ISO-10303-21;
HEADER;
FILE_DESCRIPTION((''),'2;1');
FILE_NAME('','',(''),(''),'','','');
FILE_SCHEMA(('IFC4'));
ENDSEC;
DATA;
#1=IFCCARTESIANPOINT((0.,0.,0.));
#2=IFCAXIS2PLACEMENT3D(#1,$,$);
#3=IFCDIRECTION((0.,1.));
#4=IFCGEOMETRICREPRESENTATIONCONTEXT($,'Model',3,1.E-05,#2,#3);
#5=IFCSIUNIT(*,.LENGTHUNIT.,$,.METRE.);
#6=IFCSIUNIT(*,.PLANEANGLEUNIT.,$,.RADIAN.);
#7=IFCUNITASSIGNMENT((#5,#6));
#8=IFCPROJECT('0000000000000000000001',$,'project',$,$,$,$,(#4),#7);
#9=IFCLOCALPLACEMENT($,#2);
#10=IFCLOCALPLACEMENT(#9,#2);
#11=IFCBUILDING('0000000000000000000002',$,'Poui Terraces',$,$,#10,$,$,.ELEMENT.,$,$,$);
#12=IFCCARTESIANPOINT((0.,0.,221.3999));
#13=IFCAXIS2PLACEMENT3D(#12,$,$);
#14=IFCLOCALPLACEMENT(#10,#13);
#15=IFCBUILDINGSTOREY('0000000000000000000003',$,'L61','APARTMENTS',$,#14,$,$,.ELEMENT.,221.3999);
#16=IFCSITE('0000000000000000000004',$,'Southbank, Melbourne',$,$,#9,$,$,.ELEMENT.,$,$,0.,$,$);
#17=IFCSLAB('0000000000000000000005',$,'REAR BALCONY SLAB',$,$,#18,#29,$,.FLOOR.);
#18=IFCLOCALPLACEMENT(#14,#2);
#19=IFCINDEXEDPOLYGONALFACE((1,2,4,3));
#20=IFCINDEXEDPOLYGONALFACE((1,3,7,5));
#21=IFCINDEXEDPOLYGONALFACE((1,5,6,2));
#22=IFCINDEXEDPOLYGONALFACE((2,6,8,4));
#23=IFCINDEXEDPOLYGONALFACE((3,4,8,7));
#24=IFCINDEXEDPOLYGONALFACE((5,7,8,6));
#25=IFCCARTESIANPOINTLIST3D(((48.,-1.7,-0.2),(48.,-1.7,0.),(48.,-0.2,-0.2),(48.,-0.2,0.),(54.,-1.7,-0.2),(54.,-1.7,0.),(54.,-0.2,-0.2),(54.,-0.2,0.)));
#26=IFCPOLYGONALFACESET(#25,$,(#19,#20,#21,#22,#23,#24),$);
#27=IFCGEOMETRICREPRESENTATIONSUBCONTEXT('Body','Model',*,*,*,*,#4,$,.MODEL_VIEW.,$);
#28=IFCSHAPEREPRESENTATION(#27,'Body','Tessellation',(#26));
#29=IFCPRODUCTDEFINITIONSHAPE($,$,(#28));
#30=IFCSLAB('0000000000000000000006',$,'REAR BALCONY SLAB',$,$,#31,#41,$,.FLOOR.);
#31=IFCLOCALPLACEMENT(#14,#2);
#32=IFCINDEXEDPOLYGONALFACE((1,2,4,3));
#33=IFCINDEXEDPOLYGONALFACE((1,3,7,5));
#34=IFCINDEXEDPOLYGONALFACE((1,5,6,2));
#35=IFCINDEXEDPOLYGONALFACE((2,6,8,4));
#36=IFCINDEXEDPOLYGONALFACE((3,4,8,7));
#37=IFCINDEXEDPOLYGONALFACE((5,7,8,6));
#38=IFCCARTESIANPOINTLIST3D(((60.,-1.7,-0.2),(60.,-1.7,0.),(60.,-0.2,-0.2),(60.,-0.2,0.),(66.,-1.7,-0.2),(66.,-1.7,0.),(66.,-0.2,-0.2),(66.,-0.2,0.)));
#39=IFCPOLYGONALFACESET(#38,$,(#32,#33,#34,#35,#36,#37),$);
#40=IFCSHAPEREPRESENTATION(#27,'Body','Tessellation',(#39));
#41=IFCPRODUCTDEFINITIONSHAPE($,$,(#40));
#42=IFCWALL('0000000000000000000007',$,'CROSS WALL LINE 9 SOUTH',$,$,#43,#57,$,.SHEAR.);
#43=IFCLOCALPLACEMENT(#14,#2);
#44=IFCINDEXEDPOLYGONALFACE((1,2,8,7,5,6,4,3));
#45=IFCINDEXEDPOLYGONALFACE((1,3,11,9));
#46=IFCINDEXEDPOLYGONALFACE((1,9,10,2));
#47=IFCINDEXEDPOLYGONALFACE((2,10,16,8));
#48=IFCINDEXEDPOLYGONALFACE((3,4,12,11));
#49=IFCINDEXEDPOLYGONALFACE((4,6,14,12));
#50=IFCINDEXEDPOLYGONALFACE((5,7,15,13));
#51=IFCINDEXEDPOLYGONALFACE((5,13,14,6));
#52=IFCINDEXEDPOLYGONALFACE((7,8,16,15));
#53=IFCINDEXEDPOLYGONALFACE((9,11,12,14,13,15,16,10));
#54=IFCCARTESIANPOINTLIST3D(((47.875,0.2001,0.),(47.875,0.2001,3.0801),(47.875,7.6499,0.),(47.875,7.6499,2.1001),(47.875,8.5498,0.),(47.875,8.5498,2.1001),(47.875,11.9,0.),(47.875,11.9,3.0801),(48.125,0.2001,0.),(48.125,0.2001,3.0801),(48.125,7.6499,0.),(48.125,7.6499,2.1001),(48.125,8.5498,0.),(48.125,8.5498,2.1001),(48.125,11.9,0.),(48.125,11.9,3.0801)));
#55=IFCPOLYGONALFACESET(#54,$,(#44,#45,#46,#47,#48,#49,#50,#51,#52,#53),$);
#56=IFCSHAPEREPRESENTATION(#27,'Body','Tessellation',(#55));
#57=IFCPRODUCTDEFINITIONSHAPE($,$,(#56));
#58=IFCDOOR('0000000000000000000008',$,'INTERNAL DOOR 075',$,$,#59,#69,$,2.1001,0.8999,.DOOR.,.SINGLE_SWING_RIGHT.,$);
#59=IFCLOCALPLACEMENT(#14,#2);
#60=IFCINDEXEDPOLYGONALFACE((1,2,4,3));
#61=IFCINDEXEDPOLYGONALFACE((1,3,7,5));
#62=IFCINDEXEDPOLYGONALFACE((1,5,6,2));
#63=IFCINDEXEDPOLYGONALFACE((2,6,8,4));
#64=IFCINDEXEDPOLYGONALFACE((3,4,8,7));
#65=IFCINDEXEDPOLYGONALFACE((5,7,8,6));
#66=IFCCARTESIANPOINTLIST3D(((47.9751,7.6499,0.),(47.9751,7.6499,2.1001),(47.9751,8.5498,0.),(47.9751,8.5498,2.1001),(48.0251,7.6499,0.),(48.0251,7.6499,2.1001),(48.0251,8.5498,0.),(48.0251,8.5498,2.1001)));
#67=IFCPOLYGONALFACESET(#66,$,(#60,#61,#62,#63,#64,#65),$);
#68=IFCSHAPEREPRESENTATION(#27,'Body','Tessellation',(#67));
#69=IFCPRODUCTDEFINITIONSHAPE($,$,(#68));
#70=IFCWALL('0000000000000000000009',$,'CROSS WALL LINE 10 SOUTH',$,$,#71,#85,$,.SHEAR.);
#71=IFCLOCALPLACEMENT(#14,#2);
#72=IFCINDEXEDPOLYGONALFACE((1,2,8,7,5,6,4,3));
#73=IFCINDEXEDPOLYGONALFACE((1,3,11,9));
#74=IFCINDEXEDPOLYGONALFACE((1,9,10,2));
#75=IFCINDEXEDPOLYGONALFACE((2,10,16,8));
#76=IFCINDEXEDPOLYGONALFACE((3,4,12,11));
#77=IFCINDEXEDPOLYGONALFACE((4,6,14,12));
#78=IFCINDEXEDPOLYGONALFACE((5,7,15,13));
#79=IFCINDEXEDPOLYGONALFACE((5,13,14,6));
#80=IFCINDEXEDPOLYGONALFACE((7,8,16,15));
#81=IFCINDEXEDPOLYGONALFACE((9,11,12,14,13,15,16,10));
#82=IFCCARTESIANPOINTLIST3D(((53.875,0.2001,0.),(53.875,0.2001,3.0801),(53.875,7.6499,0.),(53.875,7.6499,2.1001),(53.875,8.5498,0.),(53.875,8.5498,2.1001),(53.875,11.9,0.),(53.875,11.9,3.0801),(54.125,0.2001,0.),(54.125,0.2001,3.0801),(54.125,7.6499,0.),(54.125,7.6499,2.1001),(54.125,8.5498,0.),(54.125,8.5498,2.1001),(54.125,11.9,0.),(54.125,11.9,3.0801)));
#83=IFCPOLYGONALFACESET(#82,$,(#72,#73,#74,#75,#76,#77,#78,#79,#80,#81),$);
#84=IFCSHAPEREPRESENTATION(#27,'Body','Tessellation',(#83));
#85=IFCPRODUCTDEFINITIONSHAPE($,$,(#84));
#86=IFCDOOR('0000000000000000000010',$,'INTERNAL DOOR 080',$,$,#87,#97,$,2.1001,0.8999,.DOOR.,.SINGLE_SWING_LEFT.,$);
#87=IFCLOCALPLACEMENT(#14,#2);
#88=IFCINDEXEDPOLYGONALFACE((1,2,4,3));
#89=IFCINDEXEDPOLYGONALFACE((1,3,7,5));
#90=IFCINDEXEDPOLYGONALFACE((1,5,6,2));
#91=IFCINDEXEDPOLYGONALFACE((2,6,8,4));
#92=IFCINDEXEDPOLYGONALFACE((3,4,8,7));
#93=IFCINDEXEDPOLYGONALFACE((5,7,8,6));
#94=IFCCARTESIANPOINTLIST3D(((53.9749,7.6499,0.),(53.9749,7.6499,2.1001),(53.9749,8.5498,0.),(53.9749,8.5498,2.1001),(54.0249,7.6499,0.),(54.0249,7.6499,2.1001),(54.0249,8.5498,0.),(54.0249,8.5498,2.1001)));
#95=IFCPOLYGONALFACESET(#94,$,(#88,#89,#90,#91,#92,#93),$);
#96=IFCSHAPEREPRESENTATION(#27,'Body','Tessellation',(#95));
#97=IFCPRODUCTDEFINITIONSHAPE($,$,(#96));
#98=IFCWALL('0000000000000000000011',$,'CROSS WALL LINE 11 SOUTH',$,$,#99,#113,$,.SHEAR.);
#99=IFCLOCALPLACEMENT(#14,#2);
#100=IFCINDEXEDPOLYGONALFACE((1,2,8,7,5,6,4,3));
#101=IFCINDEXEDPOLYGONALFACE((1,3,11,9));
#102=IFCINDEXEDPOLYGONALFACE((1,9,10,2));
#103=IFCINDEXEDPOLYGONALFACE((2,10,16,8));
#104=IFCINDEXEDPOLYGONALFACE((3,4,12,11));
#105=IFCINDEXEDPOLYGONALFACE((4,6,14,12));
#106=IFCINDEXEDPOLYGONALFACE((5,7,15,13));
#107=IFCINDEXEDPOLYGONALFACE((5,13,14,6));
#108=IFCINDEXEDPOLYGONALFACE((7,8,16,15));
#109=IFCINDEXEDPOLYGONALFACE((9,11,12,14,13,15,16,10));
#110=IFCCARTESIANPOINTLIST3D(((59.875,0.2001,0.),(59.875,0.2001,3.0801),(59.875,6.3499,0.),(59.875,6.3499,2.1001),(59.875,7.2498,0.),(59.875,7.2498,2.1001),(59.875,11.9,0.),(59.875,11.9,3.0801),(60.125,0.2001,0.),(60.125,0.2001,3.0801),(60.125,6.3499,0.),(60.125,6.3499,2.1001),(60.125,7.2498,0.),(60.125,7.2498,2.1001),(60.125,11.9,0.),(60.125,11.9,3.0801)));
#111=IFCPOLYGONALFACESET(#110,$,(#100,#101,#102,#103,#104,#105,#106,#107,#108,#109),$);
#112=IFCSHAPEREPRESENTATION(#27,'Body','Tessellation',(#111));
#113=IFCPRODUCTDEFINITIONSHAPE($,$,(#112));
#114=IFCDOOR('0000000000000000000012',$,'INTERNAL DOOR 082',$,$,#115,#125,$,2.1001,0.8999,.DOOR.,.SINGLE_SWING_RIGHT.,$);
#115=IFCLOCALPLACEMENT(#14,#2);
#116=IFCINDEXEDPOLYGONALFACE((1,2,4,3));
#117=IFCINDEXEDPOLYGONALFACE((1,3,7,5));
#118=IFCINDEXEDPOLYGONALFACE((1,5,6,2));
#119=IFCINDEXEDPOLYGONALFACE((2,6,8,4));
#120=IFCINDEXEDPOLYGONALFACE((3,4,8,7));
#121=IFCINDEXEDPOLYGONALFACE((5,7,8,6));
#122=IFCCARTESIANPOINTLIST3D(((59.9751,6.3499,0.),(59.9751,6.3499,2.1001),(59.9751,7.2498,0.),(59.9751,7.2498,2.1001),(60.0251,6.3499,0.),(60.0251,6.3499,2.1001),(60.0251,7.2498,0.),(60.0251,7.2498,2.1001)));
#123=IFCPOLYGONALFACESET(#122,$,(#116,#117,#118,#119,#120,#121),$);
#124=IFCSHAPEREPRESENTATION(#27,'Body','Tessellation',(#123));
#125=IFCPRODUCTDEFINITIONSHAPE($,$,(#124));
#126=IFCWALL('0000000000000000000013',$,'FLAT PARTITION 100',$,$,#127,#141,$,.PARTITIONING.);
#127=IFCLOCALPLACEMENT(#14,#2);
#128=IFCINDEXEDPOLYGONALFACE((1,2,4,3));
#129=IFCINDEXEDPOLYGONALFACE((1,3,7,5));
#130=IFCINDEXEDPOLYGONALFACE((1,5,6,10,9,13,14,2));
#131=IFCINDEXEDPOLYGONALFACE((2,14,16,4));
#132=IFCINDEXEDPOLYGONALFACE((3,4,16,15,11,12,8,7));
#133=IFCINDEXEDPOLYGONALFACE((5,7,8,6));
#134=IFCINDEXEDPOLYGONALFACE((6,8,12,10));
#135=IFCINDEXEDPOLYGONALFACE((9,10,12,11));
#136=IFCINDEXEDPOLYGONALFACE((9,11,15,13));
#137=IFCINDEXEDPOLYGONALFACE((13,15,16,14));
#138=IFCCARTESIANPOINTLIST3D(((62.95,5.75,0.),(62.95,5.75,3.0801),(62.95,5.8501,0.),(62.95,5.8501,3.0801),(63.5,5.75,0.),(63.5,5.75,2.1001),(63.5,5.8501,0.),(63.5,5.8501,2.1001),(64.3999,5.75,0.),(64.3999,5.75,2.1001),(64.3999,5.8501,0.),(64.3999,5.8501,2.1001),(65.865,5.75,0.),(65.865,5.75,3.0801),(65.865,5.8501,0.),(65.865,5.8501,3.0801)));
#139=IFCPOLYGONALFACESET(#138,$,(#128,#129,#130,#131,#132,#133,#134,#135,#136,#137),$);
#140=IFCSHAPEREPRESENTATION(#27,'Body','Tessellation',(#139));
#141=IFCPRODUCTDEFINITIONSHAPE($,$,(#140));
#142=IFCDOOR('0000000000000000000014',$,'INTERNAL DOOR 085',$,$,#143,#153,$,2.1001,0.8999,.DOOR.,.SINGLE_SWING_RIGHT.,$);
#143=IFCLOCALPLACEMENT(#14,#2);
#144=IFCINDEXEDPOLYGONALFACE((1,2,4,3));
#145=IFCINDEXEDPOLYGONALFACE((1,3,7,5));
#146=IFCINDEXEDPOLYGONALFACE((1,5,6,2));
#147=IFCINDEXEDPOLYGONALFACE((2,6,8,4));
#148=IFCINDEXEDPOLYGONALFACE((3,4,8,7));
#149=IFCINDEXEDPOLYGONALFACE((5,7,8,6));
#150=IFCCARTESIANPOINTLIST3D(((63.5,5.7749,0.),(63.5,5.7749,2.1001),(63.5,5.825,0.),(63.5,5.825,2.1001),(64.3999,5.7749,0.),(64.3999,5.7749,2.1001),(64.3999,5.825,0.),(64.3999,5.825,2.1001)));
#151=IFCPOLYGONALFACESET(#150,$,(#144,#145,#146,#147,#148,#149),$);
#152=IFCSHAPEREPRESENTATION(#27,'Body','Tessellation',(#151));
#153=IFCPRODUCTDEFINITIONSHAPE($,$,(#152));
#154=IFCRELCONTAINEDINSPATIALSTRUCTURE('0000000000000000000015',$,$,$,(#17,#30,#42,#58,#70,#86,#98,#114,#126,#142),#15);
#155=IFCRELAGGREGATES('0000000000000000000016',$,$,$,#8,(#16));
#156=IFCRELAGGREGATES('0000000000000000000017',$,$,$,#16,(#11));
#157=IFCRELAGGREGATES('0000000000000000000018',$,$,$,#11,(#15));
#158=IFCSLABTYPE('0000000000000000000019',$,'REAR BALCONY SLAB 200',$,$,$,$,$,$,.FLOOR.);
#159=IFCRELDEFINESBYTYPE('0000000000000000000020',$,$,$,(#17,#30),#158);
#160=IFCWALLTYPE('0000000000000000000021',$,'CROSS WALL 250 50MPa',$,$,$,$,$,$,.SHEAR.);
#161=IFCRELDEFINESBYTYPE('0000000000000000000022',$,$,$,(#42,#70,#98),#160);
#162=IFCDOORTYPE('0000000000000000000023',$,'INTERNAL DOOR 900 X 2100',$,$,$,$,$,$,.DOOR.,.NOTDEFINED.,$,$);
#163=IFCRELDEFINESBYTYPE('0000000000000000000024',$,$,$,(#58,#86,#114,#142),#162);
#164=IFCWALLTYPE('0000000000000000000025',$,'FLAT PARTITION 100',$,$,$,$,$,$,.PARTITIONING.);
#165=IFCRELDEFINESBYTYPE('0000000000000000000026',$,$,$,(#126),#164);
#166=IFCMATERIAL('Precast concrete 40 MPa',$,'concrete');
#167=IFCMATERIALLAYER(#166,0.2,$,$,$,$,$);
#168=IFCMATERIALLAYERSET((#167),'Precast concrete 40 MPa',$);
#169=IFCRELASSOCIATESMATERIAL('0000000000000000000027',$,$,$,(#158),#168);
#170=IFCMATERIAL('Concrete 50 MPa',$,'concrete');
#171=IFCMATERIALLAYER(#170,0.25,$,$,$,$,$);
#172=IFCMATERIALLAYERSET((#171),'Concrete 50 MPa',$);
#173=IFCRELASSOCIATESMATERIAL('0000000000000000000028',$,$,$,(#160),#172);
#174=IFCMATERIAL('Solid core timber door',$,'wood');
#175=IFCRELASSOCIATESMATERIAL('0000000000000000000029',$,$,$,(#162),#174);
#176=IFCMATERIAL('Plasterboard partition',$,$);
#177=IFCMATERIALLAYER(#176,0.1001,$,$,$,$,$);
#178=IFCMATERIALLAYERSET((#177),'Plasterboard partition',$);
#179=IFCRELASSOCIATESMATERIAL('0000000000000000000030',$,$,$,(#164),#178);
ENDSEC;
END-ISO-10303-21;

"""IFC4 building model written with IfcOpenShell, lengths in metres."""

from ifc_helpers import new_model, si_unit, direction, frame, frame_2d, origin, place, context, subcontext, project, spatial, polyline, rectangle, outline, extrude, source, transform, mapped, material, layer, layer_set, type_object, element, fill, save


model = new_model("IFC4")

# Units and contexts
model_context = context("Model", 3, precision=1e-05, world=origin(), true_north=direction((0.0, 1.0)))
body_context = subcontext(model_context, "Body", "Model", "MODEL_VIEW")
ifc_project = project(units=[si_unit("LENGTHUNIT", "METRE"), si_unit("PLANEANGLEUNIT", "RADIAN")], contexts=[model_context])

# Site, building, storey
site_placement = place(None, origin())
site = spatial("IfcSite", under=ifc_project, at=site_placement, Name="Southbank, Melbourne", CompositionType="ELEMENT", RefElevation=0.0)
building_placement = place(site_placement, origin())
building = spatial("IfcBuilding", under=site, at=building_placement, Name="Poui Terraces", CompositionType="ELEMENT")
storey_placement = place(building_placement, frame((0.0, 0.0, 221.3999)))
storey = spatial("IfcBuildingStorey", under=building, at=storey_placement, Name="L61", Description="APARTMENTS", CompositionType="ELEMENT", Elevation=221.3999)

# Slabs
ifc_material_1 = material(Name="Precast concrete 40 MPa", Category="concrete")
ifc_layer_1 = layer(ifc_material_1, 0.2)
ifc_layer_set_1 = layer_set([ifc_layer_1], Name="Precast concrete 40 MPa")
slab_type = type_object("IfcSlabType", Name="REAR BALCONY SLAB 200", PredefinedType="FLOOR", material=ifc_layer_set_1)
shared_shape_1 = source(origin(), body_context, "Body", "SweptSolid", [
    extrude(outline(polyline([(0.0, 0.0), (6.0, 0.0), (6.0, 1.5), (0.0, 1.5), (0.0, 0.0)])), origin(), (0.0, 0.0, 1.0), 0.2),
])
for number, where, name in (
    (1, (48.0, -1.7, -0.2), "REAR BALCONY SLAB"),
    (2, (60.0, -1.7, -0.2), "REAR BALCONY SLAB"),
):
    element("IfcSlab", number, at=place(storey_placement, frame(where)), inside=storey, type_object=slab_type, Name=name, PredefinedType="FLOOR", context=body_context, shape_type="MappedRepresentation", body=[
        mapped(shared_shape_1, transform((0.0, 0.0, 0.0))),
    ])

# Walls, openings, doors
ifc_material_2 = material(Name="Concrete 50 MPa", Category="concrete")
ifc_layer_2 = layer(ifc_material_2, 0.25)
ifc_layer_set_2 = layer_set([ifc_layer_2], Name="Concrete 50 MPa")
wall_type_1 = type_object("IfcWallType", Name="CROSS WALL 250 50MPa", PredefinedType="SHEAR", material=ifc_layer_set_2)
wall_1_placement = place(storey_placement, frame((48.0, 0.2, 0.0), z_axis=(0.0, 0.0, 1.0), x_axis=(0.0, 1.0, 0.0)))
wall_1 = element("IfcWall", 3, at=wall_1_placement, inside=storey, type_object=wall_type_1, Name="CROSS WALL LINE 9 SOUTH", PredefinedType="SHEAR", context=body_context, shape_type="SweptSolid", body=[
    extrude(rectangle(XDim=11.7, YDim=0.25, at=frame_2d((5.8501, 0.0))), origin(), (0.0, 0.0, 1.0), 3.0801),
])
opening_1_placement = place(wall_1_placement, frame((7.45, 0.0, 0.0)))
opening_1 = element("IfcOpeningElement", 4, at=opening_1_placement, cuts=wall_1, PredefinedType="OPENING", context=body_context, shape_type="SweptSolid", body=[
    extrude(rectangle(XDim=0.8999, YDim=2.1001, at=frame_2d((0.45, 1.05))), frame((0.0, 0.135, 0.0), z_axis=(0.0, -1.0, 0.0), x_axis=(1.0, 0.0, 0.0)), (0.0, 0.0, 1.0), 0.27),
])
ifc_material_3 = material(Name="Solid core timber door", Category="wood")
door_type_1 = type_object("IfcDoorType", Name="INTERNAL DOOR 900 X 2100", OperationType="NOTDEFINED", PredefinedType="DOOR", material=ifc_material_3)
door_1_placement = place(opening_1_placement, origin())
door_1 = element("IfcDoor", 5, at=door_1_placement, inside=storey, type_object=door_type_1, Name="INTERNAL DOOR 075", OperationType="SINGLE_SWING_RIGHT", OverallHeight=2.1001, OverallWidth=0.8999, PredefinedType="DOOR", context=body_context, shape_type="SweptSolid", body=[
    extrude(rectangle(XDim=0.8999, YDim=2.1001, at=frame_2d((0.45, 1.05))), frame((0.0, 0.0249, 0.0), z_axis=(0.0, -1.0, 0.0), x_axis=(1.0, 0.0, 0.0)), (0.0, 0.0, 1.0), 0.05),
])
fill(opening_1, door_1)
wall_2_placement = place(storey_placement, frame((54.0, 0.2, 0.0), z_axis=(0.0, 0.0, 1.0), x_axis=(0.0, 1.0, 0.0)))
wall_2 = element("IfcWall", 6, at=wall_2_placement, inside=storey, type_object=wall_type_1, Name="CROSS WALL LINE 10 SOUTH", PredefinedType="SHEAR", context=body_context, shape_type="SweptSolid", body=[
    extrude(rectangle(XDim=11.7, YDim=0.25, at=frame_2d((5.8501, 0.0))), origin(), (0.0, 0.0, 1.0), 3.0801),
])
opening_2_placement = place(wall_2_placement, frame((7.45, 0.0, 0.0)))
opening_2 = element("IfcOpeningElement", 7, at=opening_2_placement, cuts=wall_2, PredefinedType="OPENING", context=body_context, shape_type="SweptSolid", body=[
    extrude(rectangle(XDim=0.8999, YDim=2.1001, at=frame_2d((0.45, 1.05))), frame((0.0, 0.135, 0.0), z_axis=(0.0, -1.0, 0.0), x_axis=(1.0, 0.0, 0.0)), (0.0, 0.0, 1.0), 0.27),
])
door_2_placement = place(opening_2_placement, frame((0.8999, 0.0, 0.0), z_axis=(0.0, 0.0, 1.0), x_axis=(-1.0, 0.0, 0.0)))
door_2 = element("IfcDoor", 8, at=door_2_placement, inside=storey, type_object=door_type_1, Name="INTERNAL DOOR 080", OperationType="SINGLE_SWING_LEFT", OverallHeight=2.1001, OverallWidth=0.8999, PredefinedType="DOOR", context=body_context, shape_type="SweptSolid", body=[
    extrude(rectangle(XDim=0.8999, YDim=2.1001, at=frame_2d((0.45, 1.05))), frame((0.0, 0.0249, 0.0), z_axis=(0.0, -1.0, 0.0), x_axis=(1.0, 0.0, 0.0)), (0.0, 0.0, 1.0), 0.05),
])
fill(opening_2, door_2)
wall_3_placement = place(storey_placement, frame((60.0, 0.2, 0.0), z_axis=(0.0, 0.0, 1.0), x_axis=(0.0, 1.0, 0.0)))
wall_3 = element("IfcWall", 9, at=wall_3_placement, inside=storey, type_object=wall_type_1, Name="CROSS WALL LINE 11 SOUTH", PredefinedType="SHEAR", context=body_context, shape_type="SweptSolid", body=[
    extrude(rectangle(XDim=11.7, YDim=0.25, at=frame_2d((5.8501, 0.0))), origin(), (0.0, 0.0, 1.0), 3.0801),
])
opening_3_placement = place(wall_3_placement, frame((6.1499, 0.0, 0.0)))
opening_3 = element("IfcOpeningElement", 10, at=opening_3_placement, cuts=wall_3, PredefinedType="OPENING", context=body_context, shape_type="SweptSolid", body=[
    extrude(rectangle(XDim=0.8999, YDim=2.1001, at=frame_2d((0.45, 1.05))), frame((0.0, 0.135, 0.0), z_axis=(0.0, -1.0, 0.0), x_axis=(1.0, 0.0, 0.0)), (0.0, 0.0, 1.0), 0.27),
])
door_3_placement = place(opening_3_placement, origin())
door_3 = element("IfcDoor", 11, at=door_3_placement, inside=storey, type_object=door_type_1, Name="INTERNAL DOOR 082", OperationType="SINGLE_SWING_RIGHT", OverallHeight=2.1001, OverallWidth=0.8999, PredefinedType="DOOR", context=body_context, shape_type="SweptSolid", body=[
    extrude(rectangle(XDim=0.8999, YDim=2.1001, at=frame_2d((0.45, 1.05))), frame((0.0, 0.0249, 0.0), z_axis=(0.0, -1.0, 0.0), x_axis=(1.0, 0.0, 0.0)), (0.0, 0.0, 1.0), 0.05),
])
fill(opening_3, door_3)
ifc_material_4 = material(Name="Plasterboard partition")
ifc_layer_3 = layer(ifc_material_4, 0.1001)
ifc_layer_set_3 = layer_set([ifc_layer_3], Name="Plasterboard partition")
wall_type_2 = type_object("IfcWallType", Name="FLAT PARTITION 100", PredefinedType="PARTITIONING", material=ifc_layer_set_3)
wall_4_placement = place(storey_placement, frame((62.95, 5.8, 0.0), z_axis=(0.0, 0.0, 1.0), x_axis=(1.0, 0.0, 0.0)))
wall_4 = element("IfcWall", 12, at=wall_4_placement, inside=storey, type_object=wall_type_2, Name="FLAT PARTITION 100", PredefinedType="PARTITIONING", context=body_context, shape_type="SweptSolid", body=[
    extrude(rectangle(XDim=2.915, YDim=0.1001, at=frame_2d((1.4575, 0.0))), origin(), (0.0, 0.0, 1.0), 3.0801),
])
opening_4_placement = place(wall_4_placement, frame((0.55, 0.0, 0.0)))
opening_4 = element("IfcOpeningElement", 13, at=opening_4_placement, cuts=wall_4, PredefinedType="OPENING", context=body_context, shape_type="SweptSolid", body=[
    extrude(rectangle(XDim=0.8999, YDim=2.1001, at=frame_2d((0.45, 1.05))), frame((0.0, 0.0601, 0.0), z_axis=(0.0, -1.0, 0.0), x_axis=(1.0, 0.0, 0.0)), (0.0, 0.0, 1.0), 0.1201),
])
door_4_placement = place(opening_4_placement, origin())
door_4 = element("IfcDoor", 14, at=door_4_placement, inside=storey, type_object=door_type_1, Name="INTERNAL DOOR 085", OperationType="SINGLE_SWING_RIGHT", OverallHeight=2.1001, OverallWidth=0.8999, PredefinedType="DOOR", context=body_context, shape_type="SweptSolid", body=[
    extrude(rectangle(XDim=0.8999, YDim=2.1001, at=frame_2d((0.45, 1.05))), frame((0.0, 0.0249, 0.0), z_axis=(0.0, -1.0, 0.0), x_axis=(1.0, 0.0, 0.0)), (0.0, 0.0, 1.0), 0.05),
])
fill(opening_4, door_4)

save(model, "model.ifc")
